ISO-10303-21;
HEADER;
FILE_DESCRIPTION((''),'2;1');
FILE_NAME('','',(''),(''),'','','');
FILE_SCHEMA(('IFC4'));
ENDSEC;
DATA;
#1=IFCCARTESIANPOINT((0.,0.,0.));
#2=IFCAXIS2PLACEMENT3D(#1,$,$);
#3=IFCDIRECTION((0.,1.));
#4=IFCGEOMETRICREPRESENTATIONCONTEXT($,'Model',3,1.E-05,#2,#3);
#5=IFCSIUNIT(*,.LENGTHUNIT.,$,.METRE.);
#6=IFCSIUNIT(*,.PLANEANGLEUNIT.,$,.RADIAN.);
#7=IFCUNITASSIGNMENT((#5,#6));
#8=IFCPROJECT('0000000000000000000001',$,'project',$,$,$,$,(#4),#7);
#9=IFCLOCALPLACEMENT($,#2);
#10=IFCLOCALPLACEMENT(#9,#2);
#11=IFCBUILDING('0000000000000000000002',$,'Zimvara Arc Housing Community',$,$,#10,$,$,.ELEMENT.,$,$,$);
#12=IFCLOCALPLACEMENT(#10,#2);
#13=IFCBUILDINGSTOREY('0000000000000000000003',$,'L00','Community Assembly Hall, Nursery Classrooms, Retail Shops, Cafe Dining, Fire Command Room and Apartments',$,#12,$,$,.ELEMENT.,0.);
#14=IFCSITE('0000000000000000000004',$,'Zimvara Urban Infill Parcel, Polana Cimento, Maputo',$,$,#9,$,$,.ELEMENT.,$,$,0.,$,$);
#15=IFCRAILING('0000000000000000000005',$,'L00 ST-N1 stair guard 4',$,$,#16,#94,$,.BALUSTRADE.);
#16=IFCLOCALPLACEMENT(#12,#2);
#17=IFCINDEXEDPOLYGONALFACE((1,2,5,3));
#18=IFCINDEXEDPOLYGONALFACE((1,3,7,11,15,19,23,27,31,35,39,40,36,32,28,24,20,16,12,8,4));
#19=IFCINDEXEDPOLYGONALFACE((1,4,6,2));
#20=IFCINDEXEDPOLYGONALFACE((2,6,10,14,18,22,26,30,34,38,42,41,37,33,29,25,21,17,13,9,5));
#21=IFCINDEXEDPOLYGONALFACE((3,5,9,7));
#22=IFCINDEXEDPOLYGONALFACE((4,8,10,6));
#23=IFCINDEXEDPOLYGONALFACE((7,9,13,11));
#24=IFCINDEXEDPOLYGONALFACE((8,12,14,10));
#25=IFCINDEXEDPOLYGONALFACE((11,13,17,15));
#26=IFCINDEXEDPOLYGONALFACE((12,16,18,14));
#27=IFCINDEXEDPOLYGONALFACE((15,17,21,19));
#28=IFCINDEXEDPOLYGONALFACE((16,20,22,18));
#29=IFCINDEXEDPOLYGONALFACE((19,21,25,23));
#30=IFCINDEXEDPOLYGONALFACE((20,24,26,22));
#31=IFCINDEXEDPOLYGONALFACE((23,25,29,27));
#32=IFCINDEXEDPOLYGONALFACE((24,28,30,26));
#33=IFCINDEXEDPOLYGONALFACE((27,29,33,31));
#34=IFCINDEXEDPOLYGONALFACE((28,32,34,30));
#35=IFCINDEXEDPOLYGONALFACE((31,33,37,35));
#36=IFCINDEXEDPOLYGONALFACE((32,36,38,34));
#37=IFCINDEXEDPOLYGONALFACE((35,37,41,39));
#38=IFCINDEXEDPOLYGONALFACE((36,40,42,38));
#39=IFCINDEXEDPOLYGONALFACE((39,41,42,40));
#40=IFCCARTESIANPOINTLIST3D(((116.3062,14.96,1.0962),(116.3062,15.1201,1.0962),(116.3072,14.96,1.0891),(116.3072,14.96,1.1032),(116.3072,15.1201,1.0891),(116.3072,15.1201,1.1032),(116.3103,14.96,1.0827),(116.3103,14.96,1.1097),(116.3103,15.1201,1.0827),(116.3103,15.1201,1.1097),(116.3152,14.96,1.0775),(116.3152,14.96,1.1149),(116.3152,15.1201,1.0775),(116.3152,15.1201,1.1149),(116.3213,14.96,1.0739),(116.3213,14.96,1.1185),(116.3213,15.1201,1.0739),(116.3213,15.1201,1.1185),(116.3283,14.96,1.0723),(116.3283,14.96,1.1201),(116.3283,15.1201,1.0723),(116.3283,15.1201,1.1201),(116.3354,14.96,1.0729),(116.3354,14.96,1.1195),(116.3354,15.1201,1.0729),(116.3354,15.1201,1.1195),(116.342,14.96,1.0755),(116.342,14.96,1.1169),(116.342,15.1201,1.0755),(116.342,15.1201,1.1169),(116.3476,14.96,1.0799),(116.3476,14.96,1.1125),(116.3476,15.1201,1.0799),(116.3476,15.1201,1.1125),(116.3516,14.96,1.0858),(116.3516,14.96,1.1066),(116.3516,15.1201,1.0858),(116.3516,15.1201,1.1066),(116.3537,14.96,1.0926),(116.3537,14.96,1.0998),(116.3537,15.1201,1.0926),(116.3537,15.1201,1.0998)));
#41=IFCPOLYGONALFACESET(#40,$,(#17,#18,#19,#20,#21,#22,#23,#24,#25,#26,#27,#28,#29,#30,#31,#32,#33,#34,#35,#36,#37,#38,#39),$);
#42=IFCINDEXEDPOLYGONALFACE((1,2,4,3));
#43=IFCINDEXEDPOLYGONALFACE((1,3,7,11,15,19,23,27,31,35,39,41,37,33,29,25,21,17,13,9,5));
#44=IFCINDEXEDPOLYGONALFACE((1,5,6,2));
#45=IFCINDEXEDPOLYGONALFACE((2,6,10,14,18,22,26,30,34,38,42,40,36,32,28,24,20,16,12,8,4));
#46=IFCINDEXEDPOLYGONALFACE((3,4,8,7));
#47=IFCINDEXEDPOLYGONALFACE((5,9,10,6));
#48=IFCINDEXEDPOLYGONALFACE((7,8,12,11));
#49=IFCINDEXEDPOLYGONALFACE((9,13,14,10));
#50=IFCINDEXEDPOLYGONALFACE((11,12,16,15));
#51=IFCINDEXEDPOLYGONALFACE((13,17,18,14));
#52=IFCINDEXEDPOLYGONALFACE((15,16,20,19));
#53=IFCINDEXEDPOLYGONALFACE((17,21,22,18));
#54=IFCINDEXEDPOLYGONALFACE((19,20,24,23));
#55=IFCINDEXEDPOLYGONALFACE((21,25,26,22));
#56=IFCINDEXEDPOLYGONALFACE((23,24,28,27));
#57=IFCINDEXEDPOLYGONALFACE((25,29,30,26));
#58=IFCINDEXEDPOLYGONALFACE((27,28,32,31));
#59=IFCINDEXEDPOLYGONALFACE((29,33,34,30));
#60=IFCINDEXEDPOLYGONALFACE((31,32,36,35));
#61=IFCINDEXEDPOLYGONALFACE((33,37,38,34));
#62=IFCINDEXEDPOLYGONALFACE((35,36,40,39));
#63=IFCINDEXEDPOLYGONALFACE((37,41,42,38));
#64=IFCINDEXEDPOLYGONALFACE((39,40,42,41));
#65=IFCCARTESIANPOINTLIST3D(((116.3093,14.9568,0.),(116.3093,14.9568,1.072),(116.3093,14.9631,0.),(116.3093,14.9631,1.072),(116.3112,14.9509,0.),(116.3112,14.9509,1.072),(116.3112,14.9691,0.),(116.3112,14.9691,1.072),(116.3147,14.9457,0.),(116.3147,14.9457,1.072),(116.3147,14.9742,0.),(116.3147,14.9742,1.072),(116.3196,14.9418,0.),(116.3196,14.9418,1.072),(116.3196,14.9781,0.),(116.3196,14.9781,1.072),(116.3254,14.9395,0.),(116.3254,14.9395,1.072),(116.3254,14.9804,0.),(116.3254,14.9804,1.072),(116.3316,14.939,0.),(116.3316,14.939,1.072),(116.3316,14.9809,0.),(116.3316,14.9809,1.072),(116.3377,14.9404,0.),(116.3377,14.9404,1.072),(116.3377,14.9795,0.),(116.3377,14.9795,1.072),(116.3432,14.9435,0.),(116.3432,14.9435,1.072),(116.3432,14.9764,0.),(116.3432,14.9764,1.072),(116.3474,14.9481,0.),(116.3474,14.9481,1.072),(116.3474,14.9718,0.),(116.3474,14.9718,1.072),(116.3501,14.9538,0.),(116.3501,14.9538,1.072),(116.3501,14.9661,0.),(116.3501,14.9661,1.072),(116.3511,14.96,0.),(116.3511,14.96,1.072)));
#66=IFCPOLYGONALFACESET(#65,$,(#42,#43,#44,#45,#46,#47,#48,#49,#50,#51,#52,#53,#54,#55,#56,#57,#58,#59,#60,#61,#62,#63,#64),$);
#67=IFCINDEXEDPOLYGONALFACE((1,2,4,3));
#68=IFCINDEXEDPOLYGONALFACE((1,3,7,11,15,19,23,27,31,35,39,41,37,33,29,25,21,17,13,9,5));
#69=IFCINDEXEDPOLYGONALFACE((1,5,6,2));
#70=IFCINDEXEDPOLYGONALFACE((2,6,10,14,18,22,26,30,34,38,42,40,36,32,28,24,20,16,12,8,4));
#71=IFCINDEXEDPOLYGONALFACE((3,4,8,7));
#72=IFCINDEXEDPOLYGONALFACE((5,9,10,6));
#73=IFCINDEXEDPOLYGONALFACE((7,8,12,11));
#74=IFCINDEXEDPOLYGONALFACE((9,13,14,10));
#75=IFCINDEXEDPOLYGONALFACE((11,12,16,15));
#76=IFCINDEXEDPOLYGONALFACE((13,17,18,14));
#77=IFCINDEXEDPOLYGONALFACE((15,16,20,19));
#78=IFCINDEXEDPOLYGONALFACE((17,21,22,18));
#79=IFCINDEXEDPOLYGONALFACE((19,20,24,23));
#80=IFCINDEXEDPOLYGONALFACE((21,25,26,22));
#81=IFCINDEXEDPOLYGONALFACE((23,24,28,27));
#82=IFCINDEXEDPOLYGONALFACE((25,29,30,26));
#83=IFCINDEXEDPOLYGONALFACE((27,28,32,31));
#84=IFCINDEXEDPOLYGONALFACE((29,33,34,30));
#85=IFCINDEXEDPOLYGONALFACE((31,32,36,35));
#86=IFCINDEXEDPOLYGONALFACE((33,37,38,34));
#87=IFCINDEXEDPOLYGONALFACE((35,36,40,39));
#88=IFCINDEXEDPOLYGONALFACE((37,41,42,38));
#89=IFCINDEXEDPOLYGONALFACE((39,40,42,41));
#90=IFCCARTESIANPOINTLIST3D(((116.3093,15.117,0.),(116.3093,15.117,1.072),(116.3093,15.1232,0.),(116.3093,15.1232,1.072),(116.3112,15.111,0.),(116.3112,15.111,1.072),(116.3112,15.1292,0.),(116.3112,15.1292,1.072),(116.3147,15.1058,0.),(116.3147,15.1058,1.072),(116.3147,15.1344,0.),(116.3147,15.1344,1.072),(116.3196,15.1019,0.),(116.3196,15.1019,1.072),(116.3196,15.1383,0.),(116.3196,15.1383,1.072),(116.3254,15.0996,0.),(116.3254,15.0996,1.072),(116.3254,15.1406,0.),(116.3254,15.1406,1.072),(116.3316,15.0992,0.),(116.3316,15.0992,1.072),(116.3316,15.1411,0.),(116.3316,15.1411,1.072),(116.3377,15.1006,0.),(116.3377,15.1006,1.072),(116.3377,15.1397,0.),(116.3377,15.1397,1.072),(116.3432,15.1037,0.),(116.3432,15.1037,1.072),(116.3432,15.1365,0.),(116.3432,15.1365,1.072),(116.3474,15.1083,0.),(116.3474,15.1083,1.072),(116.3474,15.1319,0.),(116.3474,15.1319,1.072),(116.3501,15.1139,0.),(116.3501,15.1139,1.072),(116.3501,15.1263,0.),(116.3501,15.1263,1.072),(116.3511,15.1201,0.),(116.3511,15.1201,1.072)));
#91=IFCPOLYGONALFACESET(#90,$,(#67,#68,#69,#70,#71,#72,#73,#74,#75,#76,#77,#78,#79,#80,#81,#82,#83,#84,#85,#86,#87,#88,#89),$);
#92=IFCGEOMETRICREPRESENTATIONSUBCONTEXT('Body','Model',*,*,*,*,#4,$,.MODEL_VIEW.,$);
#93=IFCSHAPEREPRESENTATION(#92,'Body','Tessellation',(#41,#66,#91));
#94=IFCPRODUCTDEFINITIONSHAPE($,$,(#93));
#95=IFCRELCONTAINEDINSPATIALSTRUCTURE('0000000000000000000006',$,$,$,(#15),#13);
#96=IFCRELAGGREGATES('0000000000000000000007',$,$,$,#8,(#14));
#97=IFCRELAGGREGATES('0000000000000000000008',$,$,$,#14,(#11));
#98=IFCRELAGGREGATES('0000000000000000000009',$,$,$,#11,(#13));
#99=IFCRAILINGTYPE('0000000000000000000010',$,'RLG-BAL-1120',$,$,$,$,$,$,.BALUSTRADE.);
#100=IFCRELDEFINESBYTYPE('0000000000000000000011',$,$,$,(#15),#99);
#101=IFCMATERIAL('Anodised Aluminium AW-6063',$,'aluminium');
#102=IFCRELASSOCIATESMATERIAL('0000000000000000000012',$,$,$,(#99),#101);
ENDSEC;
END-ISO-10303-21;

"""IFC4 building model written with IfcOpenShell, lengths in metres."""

from ifc_helpers import new_model, si_unit, direction, frame, origin, origin_2d, place, context, subcontext, project, spatial, circle, extrude, material, type_object, element, save


model = new_model("IFC4")

# Units and contexts
model_context = context("Model", 3, precision=1e-05, world=origin(), true_north=direction((0.0, 1.0)))
body_context = subcontext(model_context, "Body", "Model", "MODEL_VIEW")
ifc_project = project(units=[si_unit("LENGTHUNIT", "METRE"), si_unit("PLANEANGLEUNIT", "RADIAN")], contexts=[model_context])

# Site, building, storey
site_placement = place(None, origin())
site = spatial("IfcSite", under=ifc_project, at=site_placement, Name="Zimvara Urban Infill Parcel, Polana Cimento, Maputo", CompositionType="ELEMENT", RefElevation=0.0)
building_placement = place(site_placement, origin())
building = spatial("IfcBuilding", under=site, at=building_placement, Name="Zimvara Arc Housing Community", CompositionType="ELEMENT")
storey_placement = place(building_placement, origin())
storey = spatial("IfcBuildingStorey", under=building, at=storey_placement, Name="L00", Description="Community Assembly Hall, Nursery Classrooms, Retail Shops, Cafe Dining, Fire Command Room and Apartments", CompositionType="ELEMENT", Elevation=0.0)

# Railing
ifc_material_1 = material(Name="Anodised Aluminium AW-6063", Category="aluminium")
railing_type_1 = type_object("IfcRailingType", Name="RLG-BAL-1120", PredefinedType="BALUSTRADE", material=ifc_material_1)
railing_1_placement = place(storey_placement, frame((116.3301, 14.96, 0.0)))
element("IfcRailing", 1, at=railing_1_placement, inside=storey, type_object=railing_type_1, Name="L00 ST-N1 stair guard 4", PredefinedType="BALUSTRADE", context=body_context, shape_type="SweptSolid", body=[
    extrude(circle(Radius=0.0239, at=origin_2d()), frame((0.0, 0.0, 1.0962), z_axis=(0.0, 1.0, 0.0), x_axis=(-1.0, 0.0, 0.0)), (0.0, 0.0, 1.0), 0.1602),
    extrude(circle(Radius=0.021, at=origin_2d()), origin(), (0.0, 0.0, 1.0), 1.072),
    extrude(circle(Radius=0.021, at=origin_2d()), frame((0.0, 0.1602, 0.0)), (0.0, 0.0, 1.0), 1.072),
])

save(model, "model.ifc")
